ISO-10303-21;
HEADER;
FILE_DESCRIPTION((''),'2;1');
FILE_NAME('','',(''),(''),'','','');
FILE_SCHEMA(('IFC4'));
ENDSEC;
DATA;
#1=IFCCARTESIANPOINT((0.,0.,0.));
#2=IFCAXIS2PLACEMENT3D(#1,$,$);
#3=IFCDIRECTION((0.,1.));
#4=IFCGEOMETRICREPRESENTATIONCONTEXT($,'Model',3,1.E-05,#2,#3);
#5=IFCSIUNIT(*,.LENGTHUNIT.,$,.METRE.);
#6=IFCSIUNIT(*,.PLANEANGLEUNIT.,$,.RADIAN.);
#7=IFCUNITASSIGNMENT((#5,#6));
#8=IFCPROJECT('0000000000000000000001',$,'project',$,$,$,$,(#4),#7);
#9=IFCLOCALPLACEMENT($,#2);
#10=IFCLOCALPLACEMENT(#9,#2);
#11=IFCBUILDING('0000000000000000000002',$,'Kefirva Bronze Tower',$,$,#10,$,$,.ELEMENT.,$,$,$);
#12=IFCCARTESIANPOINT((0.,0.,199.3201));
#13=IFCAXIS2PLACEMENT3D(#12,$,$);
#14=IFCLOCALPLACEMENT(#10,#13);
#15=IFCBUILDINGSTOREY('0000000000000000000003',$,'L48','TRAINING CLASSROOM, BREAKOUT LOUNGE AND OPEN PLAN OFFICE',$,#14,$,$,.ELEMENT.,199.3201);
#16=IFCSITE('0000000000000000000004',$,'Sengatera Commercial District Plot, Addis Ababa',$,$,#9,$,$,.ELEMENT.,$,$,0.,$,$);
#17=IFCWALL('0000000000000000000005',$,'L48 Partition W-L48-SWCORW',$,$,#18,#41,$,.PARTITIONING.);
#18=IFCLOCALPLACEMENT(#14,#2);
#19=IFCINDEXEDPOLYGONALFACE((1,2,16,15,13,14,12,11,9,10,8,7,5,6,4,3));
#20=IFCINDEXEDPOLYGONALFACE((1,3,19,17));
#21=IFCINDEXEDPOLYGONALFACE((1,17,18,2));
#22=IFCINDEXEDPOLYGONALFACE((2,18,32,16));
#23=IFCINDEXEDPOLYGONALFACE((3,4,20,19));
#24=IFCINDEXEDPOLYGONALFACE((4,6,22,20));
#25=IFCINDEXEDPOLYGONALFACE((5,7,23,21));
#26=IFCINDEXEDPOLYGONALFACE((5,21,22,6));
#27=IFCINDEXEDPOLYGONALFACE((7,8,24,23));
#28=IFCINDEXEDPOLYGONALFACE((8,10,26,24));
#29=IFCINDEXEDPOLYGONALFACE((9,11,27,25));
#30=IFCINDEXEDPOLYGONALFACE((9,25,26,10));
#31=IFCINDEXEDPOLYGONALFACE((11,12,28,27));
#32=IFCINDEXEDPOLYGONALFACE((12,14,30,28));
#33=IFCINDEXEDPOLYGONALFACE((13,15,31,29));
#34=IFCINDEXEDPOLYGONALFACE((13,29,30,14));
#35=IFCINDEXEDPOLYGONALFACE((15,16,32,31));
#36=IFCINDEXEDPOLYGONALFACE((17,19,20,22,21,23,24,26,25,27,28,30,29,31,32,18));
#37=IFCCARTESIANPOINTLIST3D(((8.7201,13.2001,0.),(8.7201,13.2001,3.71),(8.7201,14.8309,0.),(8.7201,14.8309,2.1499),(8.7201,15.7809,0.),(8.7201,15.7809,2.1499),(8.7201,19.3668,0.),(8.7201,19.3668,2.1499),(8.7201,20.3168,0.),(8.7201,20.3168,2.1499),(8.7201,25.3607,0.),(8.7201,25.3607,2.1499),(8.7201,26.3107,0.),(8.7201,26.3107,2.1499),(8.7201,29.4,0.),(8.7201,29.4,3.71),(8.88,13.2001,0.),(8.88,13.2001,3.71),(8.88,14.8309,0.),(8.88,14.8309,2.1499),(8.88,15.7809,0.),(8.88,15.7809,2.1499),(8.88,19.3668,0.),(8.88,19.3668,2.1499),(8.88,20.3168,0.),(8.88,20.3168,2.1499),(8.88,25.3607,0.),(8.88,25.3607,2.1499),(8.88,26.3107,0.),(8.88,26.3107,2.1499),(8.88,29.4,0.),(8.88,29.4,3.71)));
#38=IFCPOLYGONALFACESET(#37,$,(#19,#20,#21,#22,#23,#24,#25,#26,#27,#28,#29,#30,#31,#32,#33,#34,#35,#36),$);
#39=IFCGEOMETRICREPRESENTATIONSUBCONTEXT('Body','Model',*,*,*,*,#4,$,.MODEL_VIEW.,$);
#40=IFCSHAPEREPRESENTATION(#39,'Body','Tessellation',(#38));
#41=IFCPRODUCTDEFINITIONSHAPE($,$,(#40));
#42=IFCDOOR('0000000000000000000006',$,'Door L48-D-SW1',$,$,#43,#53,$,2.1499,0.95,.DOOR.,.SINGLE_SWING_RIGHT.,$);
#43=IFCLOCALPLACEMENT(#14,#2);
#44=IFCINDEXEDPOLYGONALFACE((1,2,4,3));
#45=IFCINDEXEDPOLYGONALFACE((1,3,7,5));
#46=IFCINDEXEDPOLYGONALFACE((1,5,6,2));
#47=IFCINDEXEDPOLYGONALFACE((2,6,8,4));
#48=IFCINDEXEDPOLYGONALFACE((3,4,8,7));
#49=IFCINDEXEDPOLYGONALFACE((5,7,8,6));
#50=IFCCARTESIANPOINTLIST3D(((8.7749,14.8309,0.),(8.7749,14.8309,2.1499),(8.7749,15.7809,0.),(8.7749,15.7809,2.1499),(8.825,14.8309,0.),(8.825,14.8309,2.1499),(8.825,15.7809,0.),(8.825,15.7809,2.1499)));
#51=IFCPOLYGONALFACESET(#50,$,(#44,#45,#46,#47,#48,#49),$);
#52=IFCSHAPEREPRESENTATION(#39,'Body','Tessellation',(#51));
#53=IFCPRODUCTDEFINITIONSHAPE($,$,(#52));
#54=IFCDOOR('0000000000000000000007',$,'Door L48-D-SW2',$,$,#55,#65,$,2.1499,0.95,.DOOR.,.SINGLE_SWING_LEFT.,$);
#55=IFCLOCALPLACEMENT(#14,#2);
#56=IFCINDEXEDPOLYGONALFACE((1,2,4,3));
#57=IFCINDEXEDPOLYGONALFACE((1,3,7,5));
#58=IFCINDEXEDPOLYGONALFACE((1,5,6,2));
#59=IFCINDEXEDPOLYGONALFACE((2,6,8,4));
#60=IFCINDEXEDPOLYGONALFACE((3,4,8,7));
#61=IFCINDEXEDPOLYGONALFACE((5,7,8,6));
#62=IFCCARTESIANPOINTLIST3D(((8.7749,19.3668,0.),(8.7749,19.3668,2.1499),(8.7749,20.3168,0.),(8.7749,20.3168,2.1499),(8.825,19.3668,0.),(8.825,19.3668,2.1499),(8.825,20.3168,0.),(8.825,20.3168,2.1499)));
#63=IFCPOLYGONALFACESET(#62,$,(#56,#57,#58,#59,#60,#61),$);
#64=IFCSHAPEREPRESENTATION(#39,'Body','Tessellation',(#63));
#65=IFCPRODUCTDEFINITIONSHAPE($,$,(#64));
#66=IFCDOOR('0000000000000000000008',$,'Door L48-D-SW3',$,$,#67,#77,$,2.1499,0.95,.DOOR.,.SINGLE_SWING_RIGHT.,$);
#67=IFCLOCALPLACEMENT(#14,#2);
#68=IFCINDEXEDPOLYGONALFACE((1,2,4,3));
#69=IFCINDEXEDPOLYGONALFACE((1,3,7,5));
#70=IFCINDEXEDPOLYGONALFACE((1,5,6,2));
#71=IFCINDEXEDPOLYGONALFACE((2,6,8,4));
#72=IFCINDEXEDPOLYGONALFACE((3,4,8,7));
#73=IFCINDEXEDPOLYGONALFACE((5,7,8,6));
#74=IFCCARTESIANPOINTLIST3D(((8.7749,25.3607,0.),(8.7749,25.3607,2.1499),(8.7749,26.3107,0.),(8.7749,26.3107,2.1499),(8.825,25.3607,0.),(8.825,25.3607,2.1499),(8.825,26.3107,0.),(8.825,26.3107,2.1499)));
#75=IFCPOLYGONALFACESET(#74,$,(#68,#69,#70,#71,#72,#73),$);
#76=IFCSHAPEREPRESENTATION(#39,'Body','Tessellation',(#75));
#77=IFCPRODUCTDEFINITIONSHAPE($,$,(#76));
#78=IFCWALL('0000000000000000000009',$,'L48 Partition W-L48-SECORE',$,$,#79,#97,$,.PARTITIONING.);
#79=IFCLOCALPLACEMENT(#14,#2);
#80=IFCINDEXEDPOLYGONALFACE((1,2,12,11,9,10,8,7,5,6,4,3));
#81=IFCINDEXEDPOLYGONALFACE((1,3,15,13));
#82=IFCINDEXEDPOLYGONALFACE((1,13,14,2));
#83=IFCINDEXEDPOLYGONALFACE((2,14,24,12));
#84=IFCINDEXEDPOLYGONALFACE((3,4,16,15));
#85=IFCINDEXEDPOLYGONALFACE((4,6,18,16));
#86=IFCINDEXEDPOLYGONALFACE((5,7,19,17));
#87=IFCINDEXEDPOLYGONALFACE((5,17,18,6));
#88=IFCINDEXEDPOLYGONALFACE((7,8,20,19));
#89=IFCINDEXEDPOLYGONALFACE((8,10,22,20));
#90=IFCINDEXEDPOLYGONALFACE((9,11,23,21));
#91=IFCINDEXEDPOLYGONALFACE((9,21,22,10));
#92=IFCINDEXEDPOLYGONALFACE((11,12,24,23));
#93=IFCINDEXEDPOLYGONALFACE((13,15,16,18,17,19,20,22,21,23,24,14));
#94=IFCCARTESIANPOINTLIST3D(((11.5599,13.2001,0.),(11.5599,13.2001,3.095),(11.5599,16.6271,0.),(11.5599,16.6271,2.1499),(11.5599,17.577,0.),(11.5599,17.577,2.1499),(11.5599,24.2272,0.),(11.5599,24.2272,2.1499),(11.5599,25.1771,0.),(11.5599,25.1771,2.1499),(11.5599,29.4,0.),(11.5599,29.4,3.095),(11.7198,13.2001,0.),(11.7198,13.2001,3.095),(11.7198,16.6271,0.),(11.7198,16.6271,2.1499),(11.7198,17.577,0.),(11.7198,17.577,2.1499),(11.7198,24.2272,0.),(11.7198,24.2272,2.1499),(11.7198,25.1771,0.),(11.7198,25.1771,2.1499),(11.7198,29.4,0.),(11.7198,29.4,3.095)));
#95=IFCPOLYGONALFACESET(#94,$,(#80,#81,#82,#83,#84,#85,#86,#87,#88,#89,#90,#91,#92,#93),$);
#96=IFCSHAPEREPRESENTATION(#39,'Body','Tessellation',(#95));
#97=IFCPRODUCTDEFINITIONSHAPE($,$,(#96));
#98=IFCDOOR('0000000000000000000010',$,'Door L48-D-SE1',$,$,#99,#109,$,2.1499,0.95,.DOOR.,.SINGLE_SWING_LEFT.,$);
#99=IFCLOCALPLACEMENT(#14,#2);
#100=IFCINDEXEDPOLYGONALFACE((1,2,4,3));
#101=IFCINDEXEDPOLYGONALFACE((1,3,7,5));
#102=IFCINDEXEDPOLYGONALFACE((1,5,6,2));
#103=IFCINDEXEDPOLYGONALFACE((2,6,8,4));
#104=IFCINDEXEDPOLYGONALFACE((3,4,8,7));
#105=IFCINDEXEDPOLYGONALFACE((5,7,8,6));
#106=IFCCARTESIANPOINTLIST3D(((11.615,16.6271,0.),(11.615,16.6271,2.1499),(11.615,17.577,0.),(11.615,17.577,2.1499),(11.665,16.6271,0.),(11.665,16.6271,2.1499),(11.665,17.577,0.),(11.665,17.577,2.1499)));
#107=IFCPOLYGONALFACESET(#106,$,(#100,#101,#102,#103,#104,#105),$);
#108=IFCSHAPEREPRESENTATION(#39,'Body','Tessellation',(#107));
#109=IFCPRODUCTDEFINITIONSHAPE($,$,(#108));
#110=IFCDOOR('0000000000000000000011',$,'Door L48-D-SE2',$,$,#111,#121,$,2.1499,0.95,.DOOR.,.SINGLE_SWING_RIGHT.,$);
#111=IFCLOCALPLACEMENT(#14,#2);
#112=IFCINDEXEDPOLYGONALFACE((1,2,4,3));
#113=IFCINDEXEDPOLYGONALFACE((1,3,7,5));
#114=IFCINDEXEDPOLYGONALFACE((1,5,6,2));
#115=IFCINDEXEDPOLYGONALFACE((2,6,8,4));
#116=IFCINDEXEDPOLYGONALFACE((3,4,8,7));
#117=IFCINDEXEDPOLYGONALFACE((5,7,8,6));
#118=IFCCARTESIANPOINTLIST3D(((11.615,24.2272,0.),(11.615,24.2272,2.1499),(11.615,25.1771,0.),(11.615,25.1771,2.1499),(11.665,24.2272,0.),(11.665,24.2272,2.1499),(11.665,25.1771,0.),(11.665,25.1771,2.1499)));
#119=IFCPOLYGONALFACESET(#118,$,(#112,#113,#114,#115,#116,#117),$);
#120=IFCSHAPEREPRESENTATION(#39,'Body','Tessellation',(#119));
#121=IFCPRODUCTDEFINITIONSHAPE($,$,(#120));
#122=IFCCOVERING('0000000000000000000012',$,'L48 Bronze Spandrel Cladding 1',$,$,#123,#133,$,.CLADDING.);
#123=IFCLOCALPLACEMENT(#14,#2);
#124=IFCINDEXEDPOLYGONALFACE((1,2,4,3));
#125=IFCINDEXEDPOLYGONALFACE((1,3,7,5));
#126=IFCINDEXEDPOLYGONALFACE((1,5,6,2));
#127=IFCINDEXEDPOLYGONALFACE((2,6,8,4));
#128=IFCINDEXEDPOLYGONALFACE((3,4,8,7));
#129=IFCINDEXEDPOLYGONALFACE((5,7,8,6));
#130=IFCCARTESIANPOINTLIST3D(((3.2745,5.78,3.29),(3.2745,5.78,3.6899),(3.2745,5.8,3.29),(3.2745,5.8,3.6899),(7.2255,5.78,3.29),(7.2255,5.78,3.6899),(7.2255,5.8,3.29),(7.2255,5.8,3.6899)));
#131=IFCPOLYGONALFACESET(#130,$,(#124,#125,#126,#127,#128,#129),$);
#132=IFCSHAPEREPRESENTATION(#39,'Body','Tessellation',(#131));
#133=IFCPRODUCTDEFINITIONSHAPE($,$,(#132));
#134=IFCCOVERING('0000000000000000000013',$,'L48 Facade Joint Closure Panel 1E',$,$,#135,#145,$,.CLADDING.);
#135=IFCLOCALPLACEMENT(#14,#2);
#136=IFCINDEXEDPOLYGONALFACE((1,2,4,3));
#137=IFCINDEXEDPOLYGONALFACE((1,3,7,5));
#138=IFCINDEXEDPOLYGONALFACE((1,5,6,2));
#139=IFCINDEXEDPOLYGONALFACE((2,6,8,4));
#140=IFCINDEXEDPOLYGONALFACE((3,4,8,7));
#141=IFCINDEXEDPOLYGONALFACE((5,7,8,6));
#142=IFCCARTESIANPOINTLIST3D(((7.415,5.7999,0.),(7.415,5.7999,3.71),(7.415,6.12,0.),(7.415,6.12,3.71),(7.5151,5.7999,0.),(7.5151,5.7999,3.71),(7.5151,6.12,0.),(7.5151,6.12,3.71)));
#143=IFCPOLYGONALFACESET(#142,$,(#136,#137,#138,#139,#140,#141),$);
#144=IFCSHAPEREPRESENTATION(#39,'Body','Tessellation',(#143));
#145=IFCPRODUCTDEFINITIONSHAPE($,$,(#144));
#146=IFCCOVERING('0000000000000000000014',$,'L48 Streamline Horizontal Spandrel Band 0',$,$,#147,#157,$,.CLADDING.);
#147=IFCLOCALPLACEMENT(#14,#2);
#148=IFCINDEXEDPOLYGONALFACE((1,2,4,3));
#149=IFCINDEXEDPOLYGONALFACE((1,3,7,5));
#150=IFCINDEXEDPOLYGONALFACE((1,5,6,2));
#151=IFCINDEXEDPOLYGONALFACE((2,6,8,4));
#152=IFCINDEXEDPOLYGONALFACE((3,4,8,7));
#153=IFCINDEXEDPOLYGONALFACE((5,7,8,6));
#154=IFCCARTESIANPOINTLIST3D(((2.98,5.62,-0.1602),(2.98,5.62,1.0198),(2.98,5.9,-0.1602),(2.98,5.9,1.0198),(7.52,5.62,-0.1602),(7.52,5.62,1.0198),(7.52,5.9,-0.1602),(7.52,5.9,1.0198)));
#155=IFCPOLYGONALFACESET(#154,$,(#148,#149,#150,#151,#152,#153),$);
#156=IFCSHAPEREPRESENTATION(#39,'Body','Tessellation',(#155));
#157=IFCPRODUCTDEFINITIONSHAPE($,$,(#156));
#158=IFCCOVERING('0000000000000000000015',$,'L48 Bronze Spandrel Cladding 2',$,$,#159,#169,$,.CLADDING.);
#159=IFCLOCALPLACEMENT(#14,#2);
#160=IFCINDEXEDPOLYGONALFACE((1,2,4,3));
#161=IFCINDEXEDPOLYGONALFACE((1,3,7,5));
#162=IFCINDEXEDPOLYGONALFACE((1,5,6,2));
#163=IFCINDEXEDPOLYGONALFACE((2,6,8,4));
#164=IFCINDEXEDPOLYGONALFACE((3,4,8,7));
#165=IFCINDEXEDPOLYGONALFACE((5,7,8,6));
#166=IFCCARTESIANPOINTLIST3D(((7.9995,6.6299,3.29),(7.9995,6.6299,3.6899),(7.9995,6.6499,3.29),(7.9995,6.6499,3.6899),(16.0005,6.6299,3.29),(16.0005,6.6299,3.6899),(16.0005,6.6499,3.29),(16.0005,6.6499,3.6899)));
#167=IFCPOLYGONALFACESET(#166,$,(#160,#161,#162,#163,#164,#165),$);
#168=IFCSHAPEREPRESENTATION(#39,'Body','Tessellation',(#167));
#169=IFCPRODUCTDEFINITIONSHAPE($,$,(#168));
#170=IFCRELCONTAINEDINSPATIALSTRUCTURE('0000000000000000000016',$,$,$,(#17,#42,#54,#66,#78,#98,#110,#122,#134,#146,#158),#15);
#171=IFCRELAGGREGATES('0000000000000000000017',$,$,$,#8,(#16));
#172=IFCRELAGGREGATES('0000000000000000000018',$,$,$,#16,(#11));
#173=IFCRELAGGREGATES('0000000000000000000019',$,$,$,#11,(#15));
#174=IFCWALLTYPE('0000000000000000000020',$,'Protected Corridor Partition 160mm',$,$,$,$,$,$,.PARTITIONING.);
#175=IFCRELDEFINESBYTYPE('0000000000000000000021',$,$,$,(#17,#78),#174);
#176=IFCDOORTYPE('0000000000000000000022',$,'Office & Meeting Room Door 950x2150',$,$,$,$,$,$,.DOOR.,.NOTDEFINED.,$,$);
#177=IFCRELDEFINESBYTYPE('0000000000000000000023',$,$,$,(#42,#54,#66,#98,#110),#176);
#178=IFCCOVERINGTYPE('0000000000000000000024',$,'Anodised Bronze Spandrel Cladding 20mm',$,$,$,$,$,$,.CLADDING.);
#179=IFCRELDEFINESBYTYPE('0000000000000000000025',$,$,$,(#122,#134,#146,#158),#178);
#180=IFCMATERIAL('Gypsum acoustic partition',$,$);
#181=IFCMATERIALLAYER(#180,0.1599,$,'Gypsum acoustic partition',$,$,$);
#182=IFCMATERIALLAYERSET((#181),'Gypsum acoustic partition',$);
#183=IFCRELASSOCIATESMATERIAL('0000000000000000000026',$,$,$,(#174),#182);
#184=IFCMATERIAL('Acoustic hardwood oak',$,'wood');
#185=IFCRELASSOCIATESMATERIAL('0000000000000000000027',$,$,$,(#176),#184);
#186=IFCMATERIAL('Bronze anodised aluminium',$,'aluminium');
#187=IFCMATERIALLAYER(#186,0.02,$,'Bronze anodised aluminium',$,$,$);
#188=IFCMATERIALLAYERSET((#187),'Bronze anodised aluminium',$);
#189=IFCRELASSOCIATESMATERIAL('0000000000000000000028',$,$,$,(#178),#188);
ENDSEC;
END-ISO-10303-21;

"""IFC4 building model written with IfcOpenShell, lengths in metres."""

from ifc_helpers import new_model, si_unit, direction, frame, frame_2d, origin, origin_2d, place, context, subcontext, project, spatial, rectangle, extrude, material, layer, layer_set, type_object, element, fill, save


model = new_model("IFC4")

# Units and contexts
model_context = context("Model", 3, precision=1e-05, world=origin(), true_north=direction((0.0, 1.0)))
body_context = subcontext(model_context, "Body", "Model", "MODEL_VIEW")
ifc_project = project(units=[si_unit("LENGTHUNIT", "METRE"), si_unit("PLANEANGLEUNIT", "RADIAN")], contexts=[model_context])

# Site, building, storey
site_placement = place(None, origin())
site = spatial("IfcSite", under=ifc_project, at=site_placement, Name="Sengatera Commercial District Plot, Addis Ababa", CompositionType="ELEMENT", RefElevation=0.0)
building_placement = place(site_placement, origin())
building = spatial("IfcBuilding", under=site, at=building_placement, Name="Kefirva Bronze Tower", CompositionType="ELEMENT")
storey_placement = place(building_placement, frame((0.0, 0.0, 199.3201)))
storey = spatial("IfcBuildingStorey", under=building, at=storey_placement, Name="L48", Description="TRAINING CLASSROOM, BREAKOUT LOUNGE AND OPEN PLAN OFFICE", CompositionType="ELEMENT", Elevation=199.3201)

# Shared definitions
ifc_material_1 = material(Name="Gypsum acoustic partition")

# Walls, openings, doors
ifc_layer_1 = layer(ifc_material_1, 0.1599, Name="Gypsum acoustic partition")
ifc_layer_set_1 = layer_set([ifc_layer_1], Name="Gypsum acoustic partition")
wall_type_1 = type_object("IfcWallType", Name="Protected Corridor Partition 160mm", PredefinedType="PARTITIONING", material=ifc_layer_set_1)
wall_1_placement = place(storey_placement, frame((8.8, 13.2, 0.0), z_axis=(0.0, 0.0, 1.0), x_axis=(0.0, 1.0, 0.0)))
wall_1 = element("IfcWall", 1, at=wall_1_placement, inside=storey, type_object=wall_type_1, Name="L48 Partition W-L48-SWCORW", PredefinedType="PARTITIONING", context=body_context, shape_type="SweptSolid", body=[
    extrude(rectangle(XDim=16.2, YDim=0.1599, at=frame_2d((8.1001, 0.0))), origin(), (0.0, 0.0, 1.0), 3.71),
])
opening_1_placement = place(wall_1_placement, frame((2.5811, 0.0, 0.0), z_axis=(0.0, 0.0, 1.0), x_axis=(-1.0, 0.0, 0.0)))
opening_1 = element("IfcOpeningElement", 2, at=opening_1_placement, cuts=wall_1, PredefinedType="OPENING", context=body_context, shape_type="SweptSolid", body=[
    extrude(rectangle(XDim=0.95, YDim=2.1499, at=frame_2d((0.4751, 1.075))), frame((0.0, 0.0898, 0.0), z_axis=(0.0, -1.0, 0.0), x_axis=(1.0, 0.0, 0.0)), (0.0, 0.0, 1.0), 0.1799),
])
opening_2_placement = place(wall_1_placement, frame((7.1169, 0.0, 0.0), z_axis=(0.0, 0.0, 1.0), x_axis=(-1.0, 0.0, 0.0)))
opening_2 = element("IfcOpeningElement", 3, at=opening_2_placement, cuts=wall_1, PredefinedType="OPENING", context=body_context, shape_type="SweptSolid", body=[
    extrude(rectangle(XDim=0.95, YDim=2.1499, at=frame_2d((0.4751, 1.075))), frame((0.0, 0.0898, 0.0), z_axis=(0.0, -1.0, 0.0), x_axis=(1.0, 0.0, 0.0)), (0.0, 0.0, 1.0), 0.1799),
])
opening_3_placement = place(wall_1_placement, frame((13.1108, 0.0, 0.0), z_axis=(0.0, 0.0, 1.0), x_axis=(-1.0, 0.0, 0.0)))
opening_3 = element("IfcOpeningElement", 4, at=opening_3_placement, cuts=wall_1, PredefinedType="OPENING", context=body_context, shape_type="SweptSolid", body=[
    extrude(rectangle(XDim=0.95, YDim=2.1499, at=frame_2d((0.4751, 1.075))), frame((0.0, 0.0898, 0.0), z_axis=(0.0, -1.0, 0.0), x_axis=(1.0, 0.0, 0.0)), (0.0, 0.0, 1.0), 0.1799),
])
ifc_material_2 = material(Name="Acoustic hardwood oak", Category="wood")
door_type = type_object("IfcDoorType", Name="Office & Meeting Room Door 950x2150", OperationType="NOTDEFINED", PredefinedType="DOOR", material=ifc_material_2)
door_1_placement = place(opening_1_placement, origin())
door_1 = element("IfcDoor", 5, at=door_1_placement, inside=storey, type_object=door_type, Name="Door L48-D-SW1", OperationType="SINGLE_SWING_RIGHT", OverallHeight=2.1499, OverallWidth=0.95, PredefinedType="DOOR", context=body_context, shape_type="SweptSolid", body=[
    extrude(rectangle(XDim=0.95, YDim=2.1499, at=frame_2d((0.4751, 1.075))), frame((0.0, 0.0249, 0.0), z_axis=(0.0, -1.0, 0.0), x_axis=(1.0, 0.0, 0.0)), (0.0, 0.0, 1.0), 0.05),
])
fill(opening_1, door_1)
door_2_placement = place(opening_2_placement, origin())
door_2 = element("IfcDoor", 6, at=door_2_placement, inside=storey, type_object=door_type, Name="Door L48-D-SW2", OperationType="SINGLE_SWING_LEFT", OverallHeight=2.1499, OverallWidth=0.95, PredefinedType="DOOR", context=body_context, shape_type="SweptSolid", body=[
    extrude(rectangle(XDim=0.95, YDim=2.1499, at=frame_2d((0.4751, 1.075))), frame((0.0, 0.0249, 0.0), z_axis=(0.0, -1.0, 0.0), x_axis=(1.0, 0.0, 0.0)), (0.0, 0.0, 1.0), 0.05),
])
fill(opening_2, door_2)
door_3_placement = place(opening_3_placement, origin())
door_3 = element("IfcDoor", 7, at=door_3_placement, inside=storey, type_object=door_type, Name="Door L48-D-SW3", OperationType="SINGLE_SWING_RIGHT", OverallHeight=2.1499, OverallWidth=0.95, PredefinedType="DOOR", context=body_context, shape_type="SweptSolid", body=[
    extrude(rectangle(XDim=0.95, YDim=2.1499, at=frame_2d((0.4751, 1.075))), frame((0.0, 0.0249, 0.0), z_axis=(0.0, -1.0, 0.0), x_axis=(1.0, 0.0, 0.0)), (0.0, 0.0, 1.0), 0.05),
])
fill(opening_3, door_3)
wall_2_placement = place(storey_placement, frame((11.6399, 13.2, 0.0), z_axis=(0.0, 0.0, 1.0), x_axis=(0.0, 1.0, 0.0)))
wall_2 = element("IfcWall", 8, at=wall_2_placement, inside=storey, type_object=wall_type_1, Name="L48 Partition W-L48-SECORE", PredefinedType="PARTITIONING", context=body_context, shape_type="SweptSolid", body=[
    extrude(rectangle(XDim=16.2, YDim=0.1599, at=frame_2d((8.1001, 0.0))), origin(), (0.0, 0.0, 1.0), 3.095),
])
opening_4_placement = place(wall_2_placement, frame((3.427, 0.0, 0.0)))
opening_4 = element("IfcOpeningElement", 9, at=opening_4_placement, cuts=wall_2, PredefinedType="OPENING", context=body_context, shape_type="SweptSolid", body=[
    extrude(rectangle(XDim=0.95, YDim=2.1499, at=frame_2d((0.4751, 1.075))), frame((0.0, 0.0898, 0.0), z_axis=(0.0, -1.0, 0.0), x_axis=(1.0, 0.0, 0.0)), (0.0, 0.0, 1.0), 0.1799),
])
opening_5_placement = place(wall_2_placement, frame((11.0271, 0.0, 0.0)))
opening_5 = element("IfcOpeningElement", 10, at=opening_5_placement, cuts=wall_2, PredefinedType="OPENING", context=body_context, shape_type="SweptSolid", body=[
    extrude(rectangle(XDim=0.95, YDim=2.1499, at=frame_2d((0.4751, 1.075))), frame((0.0, 0.0898, 0.0), z_axis=(0.0, -1.0, 0.0), x_axis=(1.0, 0.0, 0.0)), (0.0, 0.0, 1.0), 0.1799),
])
door_4_placement = place(opening_4_placement, origin())
door_4 = element("IfcDoor", 11, at=door_4_placement, inside=storey, type_object=door_type, Name="Door L48-D-SE1", OperationType="SINGLE_SWING_LEFT", OverallHeight=2.1499, OverallWidth=0.95, PredefinedType="DOOR", context=body_context, shape_type="SweptSolid", body=[
    extrude(rectangle(XDim=0.95, YDim=2.1499, at=frame_2d((0.4751, 1.075))), frame((0.0, 0.0249, 0.0), z_axis=(0.0, -1.0, 0.0), x_axis=(1.0, 0.0, 0.0)), (0.0, 0.0, 1.0), 0.05),
])
fill(opening_4, door_4)
door_5_placement = place(opening_5_placement, origin())
door_5 = element("IfcDoor", 12, at=door_5_placement, inside=storey, type_object=door_type, Name="Door L48-D-SE2", OperationType="SINGLE_SWING_RIGHT", OverallHeight=2.1499, OverallWidth=0.95, PredefinedType="DOOR", context=body_context, shape_type="SweptSolid", body=[
    extrude(rectangle(XDim=0.95, YDim=2.1499, at=frame_2d((0.4751, 1.075))), frame((0.0, 0.0249, 0.0), z_axis=(0.0, -1.0, 0.0), x_axis=(1.0, 0.0, 0.0)), (0.0, 0.0, 1.0), 0.05),
])
fill(opening_5, door_5)

# Coverings
ifc_material_3 = material(Name="Bronze anodised aluminium", Category="aluminium")
ifc_layer_2 = layer(ifc_material_3, 0.02, Name="Bronze anodised aluminium")
ifc_layer_set_2 = layer_set([ifc_layer_2], Name="Bronze anodised aluminium")
covering_type_1 = type_object("IfcCoveringType", Name="Anodised Bronze Spandrel Cladding 20mm", PredefinedType="CLADDING", material=ifc_layer_set_2)
covering_1_placement = place(storey_placement, frame((5.25, 5.79, 3.29), z_axis=(0.0, 0.0, 1.0), x_axis=(1.0, 0.0, 0.0)))
element("IfcCovering", 13, at=covering_1_placement, inside=storey, type_object=covering_type_1, Name="L48 Bronze Spandrel Cladding 1", PredefinedType="CLADDING", context=body_context, shape_type="SweptSolid", body=[
    extrude(rectangle(XDim=3.9509, YDim=0.02, at=origin_2d()), origin(), (0.0, 0.0, 1.0), 0.3999),
])
covering_2_placement = place(storey_placement, frame((7.4651, 5.96, 0.0), z_axis=(0.0, 0.0, 1.0), x_axis=(1.0, 0.0, 0.0)))
element("IfcCovering", 14, at=covering_2_placement, inside=storey, type_object=covering_type_1, Name="L48 Facade Joint Closure Panel 1E", PredefinedType="CLADDING", context=body_context, shape_type="SweptSolid", body=[
    extrude(rectangle(XDim=0.1001, YDim=0.3201, at=origin_2d()), origin(), (0.0, 0.0, 1.0), 3.71),
])
covering_3_placement = place(storey_placement, frame((5.25, 5.76, -0.1602), z_axis=(0.0, 0.0, 1.0), x_axis=(1.0, 0.0, 0.0)))
element("IfcCovering", 15, at=covering_3_placement, inside=storey, type_object=covering_type_1, Name="L48 Streamline Horizontal Spandrel Band 0", PredefinedType="CLADDING", context=body_context, shape_type="SweptSolid", body=[
    extrude(rectangle(XDim=4.54, YDim=0.28, at=origin_2d()), origin(), (0.0, 0.0, 1.0), 1.1799),
])
covering_4_placement = place(storey_placement, frame((12.0, 6.6399, 3.29), z_axis=(0.0, 0.0, 1.0), x_axis=(1.0, 0.0, 0.0)))
element("IfcCovering", 16, at=covering_4_placement, inside=storey, type_object=covering_type_1, Name="L48 Bronze Spandrel Cladding 2", PredefinedType="CLADDING", context=body_context, shape_type="SweptSolid", body=[
    extrude(rectangle(XDim=8.001, YDim=0.02, at=origin_2d()), origin(), (0.0, 0.0, 1.0), 0.3999),
])

save(model, "model.ifc")
